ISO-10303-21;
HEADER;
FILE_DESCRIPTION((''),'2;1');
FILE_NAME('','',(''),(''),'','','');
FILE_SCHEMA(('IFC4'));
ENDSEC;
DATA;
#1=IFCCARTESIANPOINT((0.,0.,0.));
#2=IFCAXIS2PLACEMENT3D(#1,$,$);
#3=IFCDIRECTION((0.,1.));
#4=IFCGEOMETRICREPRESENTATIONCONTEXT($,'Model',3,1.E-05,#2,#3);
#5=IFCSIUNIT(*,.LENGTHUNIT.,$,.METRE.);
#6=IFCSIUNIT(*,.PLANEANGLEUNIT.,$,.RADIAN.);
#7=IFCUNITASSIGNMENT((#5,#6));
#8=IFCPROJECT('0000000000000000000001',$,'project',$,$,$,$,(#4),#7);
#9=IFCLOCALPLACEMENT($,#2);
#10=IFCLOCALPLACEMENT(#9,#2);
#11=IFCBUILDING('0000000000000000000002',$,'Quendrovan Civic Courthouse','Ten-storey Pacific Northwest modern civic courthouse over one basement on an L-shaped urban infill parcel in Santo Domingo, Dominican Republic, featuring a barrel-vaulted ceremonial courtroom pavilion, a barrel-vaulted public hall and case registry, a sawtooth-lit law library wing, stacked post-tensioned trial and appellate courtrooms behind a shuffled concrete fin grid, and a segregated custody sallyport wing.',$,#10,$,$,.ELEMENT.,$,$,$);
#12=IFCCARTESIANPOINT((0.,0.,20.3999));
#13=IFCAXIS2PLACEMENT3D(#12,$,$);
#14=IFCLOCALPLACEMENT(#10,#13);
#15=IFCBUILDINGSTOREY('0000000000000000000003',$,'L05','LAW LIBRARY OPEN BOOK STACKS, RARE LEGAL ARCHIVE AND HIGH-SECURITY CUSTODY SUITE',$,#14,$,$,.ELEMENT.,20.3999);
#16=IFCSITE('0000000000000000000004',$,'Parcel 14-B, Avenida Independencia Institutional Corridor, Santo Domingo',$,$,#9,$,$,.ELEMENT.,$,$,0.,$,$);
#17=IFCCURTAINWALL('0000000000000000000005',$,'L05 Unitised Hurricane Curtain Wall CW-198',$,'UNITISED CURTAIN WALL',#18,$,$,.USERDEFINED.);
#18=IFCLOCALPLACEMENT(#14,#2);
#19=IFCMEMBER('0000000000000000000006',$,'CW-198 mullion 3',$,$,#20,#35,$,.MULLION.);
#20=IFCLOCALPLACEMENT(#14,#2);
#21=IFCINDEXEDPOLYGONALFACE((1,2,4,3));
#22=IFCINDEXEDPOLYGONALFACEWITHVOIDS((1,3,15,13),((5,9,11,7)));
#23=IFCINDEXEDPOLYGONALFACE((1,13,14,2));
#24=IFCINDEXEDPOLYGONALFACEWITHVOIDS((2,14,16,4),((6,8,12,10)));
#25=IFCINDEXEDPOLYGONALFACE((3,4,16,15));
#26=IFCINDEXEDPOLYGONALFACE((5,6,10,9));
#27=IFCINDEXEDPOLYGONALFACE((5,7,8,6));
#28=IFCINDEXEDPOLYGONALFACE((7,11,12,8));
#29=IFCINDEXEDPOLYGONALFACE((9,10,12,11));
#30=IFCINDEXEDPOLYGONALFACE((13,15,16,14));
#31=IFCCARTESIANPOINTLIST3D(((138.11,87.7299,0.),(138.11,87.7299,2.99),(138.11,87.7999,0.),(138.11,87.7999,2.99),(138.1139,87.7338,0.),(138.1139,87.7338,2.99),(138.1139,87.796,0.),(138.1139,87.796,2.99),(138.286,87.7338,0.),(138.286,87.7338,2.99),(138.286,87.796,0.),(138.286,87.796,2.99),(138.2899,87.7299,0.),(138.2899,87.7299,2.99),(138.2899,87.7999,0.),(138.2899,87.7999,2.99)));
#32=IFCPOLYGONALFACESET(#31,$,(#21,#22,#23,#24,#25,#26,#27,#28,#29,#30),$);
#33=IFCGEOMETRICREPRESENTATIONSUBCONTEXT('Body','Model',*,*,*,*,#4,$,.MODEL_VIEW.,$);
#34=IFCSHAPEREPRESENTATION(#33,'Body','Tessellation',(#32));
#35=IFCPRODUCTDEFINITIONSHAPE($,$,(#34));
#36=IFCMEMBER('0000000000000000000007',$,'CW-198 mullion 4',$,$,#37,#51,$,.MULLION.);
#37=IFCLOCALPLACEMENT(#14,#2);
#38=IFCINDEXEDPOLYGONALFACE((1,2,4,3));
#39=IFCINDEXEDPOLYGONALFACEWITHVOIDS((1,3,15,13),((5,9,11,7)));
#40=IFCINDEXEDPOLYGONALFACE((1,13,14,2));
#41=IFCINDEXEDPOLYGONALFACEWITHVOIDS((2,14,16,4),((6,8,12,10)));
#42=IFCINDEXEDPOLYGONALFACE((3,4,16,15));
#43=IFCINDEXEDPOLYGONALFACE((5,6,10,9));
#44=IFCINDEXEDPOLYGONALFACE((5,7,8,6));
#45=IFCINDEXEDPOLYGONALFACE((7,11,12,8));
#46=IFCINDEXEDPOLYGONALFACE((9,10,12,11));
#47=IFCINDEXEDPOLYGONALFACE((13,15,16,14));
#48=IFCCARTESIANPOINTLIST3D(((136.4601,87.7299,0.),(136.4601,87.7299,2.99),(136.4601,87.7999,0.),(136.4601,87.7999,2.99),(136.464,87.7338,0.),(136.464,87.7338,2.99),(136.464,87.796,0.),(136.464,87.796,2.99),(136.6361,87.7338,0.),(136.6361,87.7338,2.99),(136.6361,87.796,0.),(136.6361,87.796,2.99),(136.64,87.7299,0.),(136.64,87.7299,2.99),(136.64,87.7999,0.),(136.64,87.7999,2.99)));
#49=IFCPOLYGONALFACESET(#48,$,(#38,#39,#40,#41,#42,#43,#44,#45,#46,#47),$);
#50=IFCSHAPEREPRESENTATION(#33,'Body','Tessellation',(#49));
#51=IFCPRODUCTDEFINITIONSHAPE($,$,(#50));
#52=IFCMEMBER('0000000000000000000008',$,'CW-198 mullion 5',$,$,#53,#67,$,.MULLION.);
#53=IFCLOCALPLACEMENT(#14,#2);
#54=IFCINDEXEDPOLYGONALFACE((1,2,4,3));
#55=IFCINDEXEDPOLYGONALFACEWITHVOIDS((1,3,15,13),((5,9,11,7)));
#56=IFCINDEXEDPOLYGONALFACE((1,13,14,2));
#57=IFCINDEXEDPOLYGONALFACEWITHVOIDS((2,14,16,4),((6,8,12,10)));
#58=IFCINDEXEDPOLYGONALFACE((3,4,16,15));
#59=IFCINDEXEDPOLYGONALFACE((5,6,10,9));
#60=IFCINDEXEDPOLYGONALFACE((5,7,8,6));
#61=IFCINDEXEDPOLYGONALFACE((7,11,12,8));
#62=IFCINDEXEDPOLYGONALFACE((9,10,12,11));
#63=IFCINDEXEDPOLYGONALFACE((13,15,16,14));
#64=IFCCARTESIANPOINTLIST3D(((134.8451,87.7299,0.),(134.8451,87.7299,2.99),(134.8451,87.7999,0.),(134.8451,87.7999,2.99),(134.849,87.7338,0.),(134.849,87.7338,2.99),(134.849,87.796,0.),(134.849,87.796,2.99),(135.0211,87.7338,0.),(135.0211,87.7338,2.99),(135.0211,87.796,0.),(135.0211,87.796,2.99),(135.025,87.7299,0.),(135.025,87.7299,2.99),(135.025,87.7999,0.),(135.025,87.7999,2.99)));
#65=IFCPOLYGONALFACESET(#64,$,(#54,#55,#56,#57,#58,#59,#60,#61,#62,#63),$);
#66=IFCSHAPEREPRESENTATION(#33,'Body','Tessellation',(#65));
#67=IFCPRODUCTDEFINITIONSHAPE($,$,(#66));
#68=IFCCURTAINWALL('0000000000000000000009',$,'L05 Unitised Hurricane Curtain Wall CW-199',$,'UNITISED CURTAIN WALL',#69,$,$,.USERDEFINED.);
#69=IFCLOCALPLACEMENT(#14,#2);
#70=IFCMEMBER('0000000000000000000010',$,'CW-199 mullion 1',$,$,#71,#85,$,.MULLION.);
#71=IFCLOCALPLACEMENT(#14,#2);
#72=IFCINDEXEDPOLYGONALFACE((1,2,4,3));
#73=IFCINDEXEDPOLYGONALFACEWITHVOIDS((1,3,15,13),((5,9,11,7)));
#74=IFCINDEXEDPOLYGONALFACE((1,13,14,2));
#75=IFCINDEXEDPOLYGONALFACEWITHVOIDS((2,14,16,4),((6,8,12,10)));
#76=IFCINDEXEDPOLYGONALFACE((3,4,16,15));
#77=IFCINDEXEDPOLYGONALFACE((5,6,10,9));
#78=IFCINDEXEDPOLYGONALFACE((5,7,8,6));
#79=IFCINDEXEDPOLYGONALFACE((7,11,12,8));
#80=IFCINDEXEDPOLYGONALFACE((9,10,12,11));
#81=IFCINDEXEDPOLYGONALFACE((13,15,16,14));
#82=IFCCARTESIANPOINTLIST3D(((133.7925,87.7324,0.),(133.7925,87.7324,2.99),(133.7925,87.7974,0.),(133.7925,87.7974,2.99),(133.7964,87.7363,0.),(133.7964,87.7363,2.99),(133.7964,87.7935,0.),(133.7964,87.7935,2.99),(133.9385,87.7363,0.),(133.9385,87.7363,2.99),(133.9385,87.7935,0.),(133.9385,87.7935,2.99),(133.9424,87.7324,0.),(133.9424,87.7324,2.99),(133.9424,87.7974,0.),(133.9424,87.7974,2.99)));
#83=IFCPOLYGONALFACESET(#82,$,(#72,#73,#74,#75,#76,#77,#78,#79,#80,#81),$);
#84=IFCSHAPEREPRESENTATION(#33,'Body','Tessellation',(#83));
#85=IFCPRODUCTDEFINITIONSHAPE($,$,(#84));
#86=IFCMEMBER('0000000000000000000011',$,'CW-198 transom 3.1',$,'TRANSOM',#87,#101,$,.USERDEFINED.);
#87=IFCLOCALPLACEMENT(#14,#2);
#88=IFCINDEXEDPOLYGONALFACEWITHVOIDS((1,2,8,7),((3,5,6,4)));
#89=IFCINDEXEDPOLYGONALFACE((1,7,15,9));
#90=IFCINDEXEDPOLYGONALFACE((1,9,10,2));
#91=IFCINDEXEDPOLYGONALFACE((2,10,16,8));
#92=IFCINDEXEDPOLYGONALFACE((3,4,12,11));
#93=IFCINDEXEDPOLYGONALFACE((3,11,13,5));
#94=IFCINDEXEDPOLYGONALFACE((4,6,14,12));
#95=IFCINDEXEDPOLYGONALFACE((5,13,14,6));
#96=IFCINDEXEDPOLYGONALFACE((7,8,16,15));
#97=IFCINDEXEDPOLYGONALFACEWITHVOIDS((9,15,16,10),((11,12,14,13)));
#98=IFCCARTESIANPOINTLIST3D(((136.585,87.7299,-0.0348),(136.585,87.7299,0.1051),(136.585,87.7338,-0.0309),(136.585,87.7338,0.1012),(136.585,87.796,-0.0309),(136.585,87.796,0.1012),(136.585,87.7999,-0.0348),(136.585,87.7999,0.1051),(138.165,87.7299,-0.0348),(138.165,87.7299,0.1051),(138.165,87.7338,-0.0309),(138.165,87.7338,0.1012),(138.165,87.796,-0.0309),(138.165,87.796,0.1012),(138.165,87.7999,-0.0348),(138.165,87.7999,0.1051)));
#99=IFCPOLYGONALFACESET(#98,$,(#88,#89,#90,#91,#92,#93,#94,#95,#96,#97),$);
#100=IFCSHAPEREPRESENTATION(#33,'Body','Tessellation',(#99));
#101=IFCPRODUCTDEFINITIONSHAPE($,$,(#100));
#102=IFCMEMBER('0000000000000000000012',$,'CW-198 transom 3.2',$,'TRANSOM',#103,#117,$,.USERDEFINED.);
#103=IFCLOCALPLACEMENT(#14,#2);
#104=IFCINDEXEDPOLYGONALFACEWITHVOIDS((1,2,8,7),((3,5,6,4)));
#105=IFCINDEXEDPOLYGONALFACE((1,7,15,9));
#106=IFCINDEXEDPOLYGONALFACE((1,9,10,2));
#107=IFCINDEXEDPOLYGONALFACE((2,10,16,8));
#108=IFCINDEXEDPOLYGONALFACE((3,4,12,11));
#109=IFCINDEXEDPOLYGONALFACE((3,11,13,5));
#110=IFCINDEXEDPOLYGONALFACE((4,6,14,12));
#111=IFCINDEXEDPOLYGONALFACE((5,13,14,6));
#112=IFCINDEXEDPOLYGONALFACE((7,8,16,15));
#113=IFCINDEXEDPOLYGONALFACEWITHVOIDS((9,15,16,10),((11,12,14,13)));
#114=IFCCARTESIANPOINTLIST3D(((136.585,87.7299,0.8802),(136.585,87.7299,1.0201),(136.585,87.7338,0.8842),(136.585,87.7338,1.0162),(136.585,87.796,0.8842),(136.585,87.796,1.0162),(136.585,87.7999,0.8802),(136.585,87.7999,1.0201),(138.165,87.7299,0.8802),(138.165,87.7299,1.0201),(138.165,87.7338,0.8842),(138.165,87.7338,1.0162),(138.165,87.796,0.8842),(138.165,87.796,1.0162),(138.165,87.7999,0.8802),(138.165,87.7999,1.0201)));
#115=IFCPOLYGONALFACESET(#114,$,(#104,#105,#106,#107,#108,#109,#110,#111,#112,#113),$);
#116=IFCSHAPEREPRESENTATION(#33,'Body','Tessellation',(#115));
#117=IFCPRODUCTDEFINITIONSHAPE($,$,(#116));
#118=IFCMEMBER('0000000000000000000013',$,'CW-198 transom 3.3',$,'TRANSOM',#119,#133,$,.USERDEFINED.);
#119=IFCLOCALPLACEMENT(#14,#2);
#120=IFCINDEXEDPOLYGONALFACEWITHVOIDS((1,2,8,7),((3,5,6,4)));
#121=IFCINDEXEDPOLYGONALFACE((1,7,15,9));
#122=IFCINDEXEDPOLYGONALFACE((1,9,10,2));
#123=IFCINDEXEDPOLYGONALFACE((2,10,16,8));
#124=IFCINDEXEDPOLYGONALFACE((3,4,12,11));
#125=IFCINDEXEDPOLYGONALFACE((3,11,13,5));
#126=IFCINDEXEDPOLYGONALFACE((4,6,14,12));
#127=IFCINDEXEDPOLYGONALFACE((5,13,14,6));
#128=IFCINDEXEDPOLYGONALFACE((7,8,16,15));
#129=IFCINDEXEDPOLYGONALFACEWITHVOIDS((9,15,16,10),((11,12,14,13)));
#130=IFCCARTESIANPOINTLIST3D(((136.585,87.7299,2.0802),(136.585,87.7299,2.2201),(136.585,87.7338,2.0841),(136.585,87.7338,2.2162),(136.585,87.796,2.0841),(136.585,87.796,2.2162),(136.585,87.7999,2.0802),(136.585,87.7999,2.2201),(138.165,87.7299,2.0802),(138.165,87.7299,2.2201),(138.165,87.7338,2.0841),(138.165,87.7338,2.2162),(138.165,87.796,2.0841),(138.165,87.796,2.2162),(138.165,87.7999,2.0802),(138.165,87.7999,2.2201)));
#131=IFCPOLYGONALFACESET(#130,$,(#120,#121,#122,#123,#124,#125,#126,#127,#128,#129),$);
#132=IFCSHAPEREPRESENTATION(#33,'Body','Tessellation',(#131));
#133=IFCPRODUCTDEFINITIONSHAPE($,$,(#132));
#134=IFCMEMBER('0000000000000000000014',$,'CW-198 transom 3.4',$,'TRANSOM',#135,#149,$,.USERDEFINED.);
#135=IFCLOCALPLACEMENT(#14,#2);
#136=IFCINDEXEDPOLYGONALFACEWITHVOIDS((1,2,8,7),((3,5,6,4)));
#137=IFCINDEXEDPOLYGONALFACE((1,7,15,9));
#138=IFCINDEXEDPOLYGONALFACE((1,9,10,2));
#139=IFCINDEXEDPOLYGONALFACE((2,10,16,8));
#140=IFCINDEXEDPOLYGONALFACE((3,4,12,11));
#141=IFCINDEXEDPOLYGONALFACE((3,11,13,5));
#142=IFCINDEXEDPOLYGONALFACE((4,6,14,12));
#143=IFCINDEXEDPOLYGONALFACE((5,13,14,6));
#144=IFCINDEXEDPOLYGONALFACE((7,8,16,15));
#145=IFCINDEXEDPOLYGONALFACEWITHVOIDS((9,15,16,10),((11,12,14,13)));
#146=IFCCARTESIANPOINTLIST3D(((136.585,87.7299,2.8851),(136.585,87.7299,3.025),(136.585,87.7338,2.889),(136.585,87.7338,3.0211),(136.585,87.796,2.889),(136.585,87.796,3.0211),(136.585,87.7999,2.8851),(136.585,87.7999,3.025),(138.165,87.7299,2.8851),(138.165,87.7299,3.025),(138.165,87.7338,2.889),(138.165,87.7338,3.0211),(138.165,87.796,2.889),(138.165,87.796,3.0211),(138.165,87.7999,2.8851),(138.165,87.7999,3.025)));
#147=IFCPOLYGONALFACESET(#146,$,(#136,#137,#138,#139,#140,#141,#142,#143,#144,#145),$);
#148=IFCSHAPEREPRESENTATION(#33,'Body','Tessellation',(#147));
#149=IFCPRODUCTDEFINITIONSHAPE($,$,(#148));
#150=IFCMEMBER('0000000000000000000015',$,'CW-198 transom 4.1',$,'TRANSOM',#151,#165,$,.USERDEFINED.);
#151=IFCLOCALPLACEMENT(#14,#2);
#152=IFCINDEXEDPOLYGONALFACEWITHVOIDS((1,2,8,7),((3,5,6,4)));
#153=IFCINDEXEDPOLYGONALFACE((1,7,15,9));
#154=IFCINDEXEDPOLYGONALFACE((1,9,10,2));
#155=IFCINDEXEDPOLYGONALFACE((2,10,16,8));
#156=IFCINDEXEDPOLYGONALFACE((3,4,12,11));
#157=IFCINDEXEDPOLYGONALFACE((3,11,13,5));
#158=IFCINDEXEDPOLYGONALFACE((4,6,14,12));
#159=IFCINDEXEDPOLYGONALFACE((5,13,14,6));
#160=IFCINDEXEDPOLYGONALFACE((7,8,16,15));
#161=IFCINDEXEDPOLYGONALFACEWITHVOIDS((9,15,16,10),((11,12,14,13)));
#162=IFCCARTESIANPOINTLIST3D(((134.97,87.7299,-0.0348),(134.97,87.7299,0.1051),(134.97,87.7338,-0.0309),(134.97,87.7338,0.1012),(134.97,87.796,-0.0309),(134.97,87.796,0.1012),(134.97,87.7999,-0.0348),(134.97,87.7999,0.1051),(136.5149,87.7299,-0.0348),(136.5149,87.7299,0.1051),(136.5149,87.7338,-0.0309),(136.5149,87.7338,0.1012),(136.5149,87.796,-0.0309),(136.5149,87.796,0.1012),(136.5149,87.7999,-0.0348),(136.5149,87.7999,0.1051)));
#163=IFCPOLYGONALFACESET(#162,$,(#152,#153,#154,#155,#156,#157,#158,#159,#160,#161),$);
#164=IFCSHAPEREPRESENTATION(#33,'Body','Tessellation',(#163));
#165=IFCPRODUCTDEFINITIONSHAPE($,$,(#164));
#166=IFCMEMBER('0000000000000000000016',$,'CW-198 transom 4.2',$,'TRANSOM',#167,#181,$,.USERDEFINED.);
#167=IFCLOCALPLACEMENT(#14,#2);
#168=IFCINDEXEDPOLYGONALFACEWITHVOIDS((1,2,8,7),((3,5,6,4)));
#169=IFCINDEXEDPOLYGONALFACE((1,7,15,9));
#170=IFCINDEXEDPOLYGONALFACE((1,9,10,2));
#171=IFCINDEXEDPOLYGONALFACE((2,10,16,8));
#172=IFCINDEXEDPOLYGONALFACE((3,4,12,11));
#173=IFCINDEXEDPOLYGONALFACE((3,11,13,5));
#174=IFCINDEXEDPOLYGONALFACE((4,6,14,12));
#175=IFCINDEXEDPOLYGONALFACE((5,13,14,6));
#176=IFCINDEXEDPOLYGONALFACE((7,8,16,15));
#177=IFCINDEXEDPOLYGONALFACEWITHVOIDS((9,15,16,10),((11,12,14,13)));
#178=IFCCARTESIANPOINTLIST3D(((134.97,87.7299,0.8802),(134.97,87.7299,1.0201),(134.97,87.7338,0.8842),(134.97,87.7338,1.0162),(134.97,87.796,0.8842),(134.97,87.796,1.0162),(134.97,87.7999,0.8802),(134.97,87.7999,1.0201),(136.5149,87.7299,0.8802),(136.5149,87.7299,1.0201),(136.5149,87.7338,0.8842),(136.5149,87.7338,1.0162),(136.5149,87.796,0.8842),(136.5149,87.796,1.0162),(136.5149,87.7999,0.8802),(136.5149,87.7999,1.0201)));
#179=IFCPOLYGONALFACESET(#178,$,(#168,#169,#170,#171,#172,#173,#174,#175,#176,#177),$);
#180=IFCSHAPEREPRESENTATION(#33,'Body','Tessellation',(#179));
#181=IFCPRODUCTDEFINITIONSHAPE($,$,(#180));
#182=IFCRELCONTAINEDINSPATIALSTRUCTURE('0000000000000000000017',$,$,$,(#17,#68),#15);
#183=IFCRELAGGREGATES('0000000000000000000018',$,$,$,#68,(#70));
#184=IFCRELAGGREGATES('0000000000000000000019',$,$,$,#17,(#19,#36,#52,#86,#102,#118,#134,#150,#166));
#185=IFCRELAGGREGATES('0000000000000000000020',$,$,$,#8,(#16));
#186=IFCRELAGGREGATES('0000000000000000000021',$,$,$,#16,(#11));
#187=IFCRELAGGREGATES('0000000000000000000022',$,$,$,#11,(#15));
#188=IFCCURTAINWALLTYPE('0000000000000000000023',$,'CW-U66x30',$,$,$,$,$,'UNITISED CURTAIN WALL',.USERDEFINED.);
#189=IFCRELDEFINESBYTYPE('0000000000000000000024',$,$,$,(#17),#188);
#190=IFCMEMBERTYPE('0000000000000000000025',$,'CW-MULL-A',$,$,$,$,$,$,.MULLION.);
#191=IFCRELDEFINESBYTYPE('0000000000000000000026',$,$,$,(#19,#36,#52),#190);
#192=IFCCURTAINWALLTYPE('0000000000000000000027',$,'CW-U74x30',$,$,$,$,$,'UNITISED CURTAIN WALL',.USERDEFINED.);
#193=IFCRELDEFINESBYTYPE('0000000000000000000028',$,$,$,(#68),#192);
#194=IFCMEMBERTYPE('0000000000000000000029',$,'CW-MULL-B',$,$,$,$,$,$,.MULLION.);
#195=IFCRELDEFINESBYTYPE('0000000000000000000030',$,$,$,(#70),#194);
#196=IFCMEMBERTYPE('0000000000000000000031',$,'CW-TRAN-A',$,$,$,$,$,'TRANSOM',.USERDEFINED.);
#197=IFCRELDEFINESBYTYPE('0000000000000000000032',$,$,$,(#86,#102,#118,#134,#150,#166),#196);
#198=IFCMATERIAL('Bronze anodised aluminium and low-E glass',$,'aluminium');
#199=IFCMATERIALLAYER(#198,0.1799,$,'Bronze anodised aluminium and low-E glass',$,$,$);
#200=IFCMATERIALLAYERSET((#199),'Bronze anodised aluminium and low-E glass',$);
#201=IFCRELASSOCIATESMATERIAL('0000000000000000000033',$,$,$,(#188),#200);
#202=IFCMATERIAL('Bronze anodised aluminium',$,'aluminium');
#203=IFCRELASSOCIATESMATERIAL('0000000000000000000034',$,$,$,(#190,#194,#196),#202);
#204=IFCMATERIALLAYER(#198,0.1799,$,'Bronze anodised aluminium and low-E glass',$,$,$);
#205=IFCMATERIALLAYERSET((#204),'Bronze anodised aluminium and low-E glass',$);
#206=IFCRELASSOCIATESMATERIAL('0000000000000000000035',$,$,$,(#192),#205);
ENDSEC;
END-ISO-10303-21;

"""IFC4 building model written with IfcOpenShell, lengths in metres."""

from ifc_helpers import new_model, si_unit, direction, frame, origin, origin_2d, place, context, subcontext, project, spatial, hollow_rectangle, extrude, material, layer, layer_set, material_profile, profile_set, type_object, element, aggregate, save


model = new_model("IFC4")

# Units and contexts
model_context = context("Model", 3, precision=1e-05, world=origin(), true_north=direction((0.0, 1.0)))
body_context = subcontext(model_context, "Body", "Model", "MODEL_VIEW")
ifc_project = project(units=[si_unit("LENGTHUNIT", "METRE"), si_unit("PLANEANGLEUNIT", "RADIAN")], contexts=[model_context])

# Site, building, storey
site_placement = place(None, origin())
site = spatial("IfcSite", under=ifc_project, at=site_placement, Name="Parcel 14-B, Avenida Independencia Institutional Corridor, Santo Domingo", CompositionType="ELEMENT", RefElevation=0.0)
building_placement = place(site_placement, origin())
building = spatial("IfcBuilding", under=site, at=building_placement, Name="Quendrovan Civic Courthouse", Description="Ten-storey Pacific Northwest modern civic courthouse over one basement on an L-shaped urban infill parcel in Santo Domingo, Dominican Republic, featuring a barrel-vaulted ceremonial courtroom pavilion, a barrel-vaulted public hall and case registry, a sawtooth-lit law library wing, stacked post-tensioned trial and appellate courtrooms behind a shuffled concrete fin grid, and a segregated custody sallyport wing.", CompositionType="ELEMENT")
storey_placement = place(building_placement, frame((0.0, 0.0, 20.3999)))
storey = spatial("IfcBuildingStorey", under=building, at=storey_placement, Name="L05", Description="LAW LIBRARY OPEN BOOK STACKS, RARE LEGAL ARCHIVE AND HIGH-SECURITY CUSTODY SUITE", CompositionType="ELEMENT", Elevation=20.3999)

# Curtain wall, members
ifc_material_1 = material(Name="Bronze anodised aluminium and low-E glass", Category="aluminium")
ifc_layer_1 = layer(ifc_material_1, 0.1799, Name="Bronze anodised aluminium and low-E glass")
ifc_layer_set_1 = layer_set([ifc_layer_1], Name="Bronze anodised aluminium and low-E glass")
curtain_wall_type_1 = type_object("IfcCurtainWallType", Name="CW-U66x30", ElementType="UNITISED CURTAIN WALL", PredefinedType="USERDEFINED", material=ifc_layer_set_1)
curtain_wall_1_placement = place(storey_placement, origin())
curtain_wall_1 = element("IfcCurtainWall", 1, at=curtain_wall_1_placement, inside=storey, type_object=curtain_wall_type_1, Name="L05 Unitised Hurricane Curtain Wall CW-198", ObjectType="UNITISED CURTAIN WALL", PredefinedType="USERDEFINED")
ifc_material_2 = material(Name="Bronze anodised aluminium", Category="aluminium")
ifc_material_profile_1 = material_profile(ifc_material_2, hollow_rectangle(XDim=0.0701, YDim=0.1799, WallThickness=0.0039, at=origin_2d()), Name="CW-MULL-70x180")
ifc_profile_set_1 = profile_set([ifc_material_profile_1], Name="Bronze anodised aluminium")
member_type_1 = type_object("IfcMemberType", Name="CW-MULL-A", PredefinedType="MULLION", material=ifc_profile_set_1)
member_1_placement = place(storey_placement, frame((138.2, 87.7649, 0.0), z_axis=(0.0, 0.0, 1.0), x_axis=(0.0, -1.0, 0.0)))
member_1 = element("IfcMember", 2, at=member_1_placement, type_object=member_type_1, Name="CW-198 mullion 3", PredefinedType="MULLION", context=body_context, shape_type="SweptSolid", body=[
    extrude(hollow_rectangle(XDim=0.0701, YDim=0.1799, WallThickness=0.0039, at=origin_2d()), origin(), (0.0, 0.0, 1.0), 2.99),
])
member_2_placement = place(storey_placement, frame((136.55, 87.7649, 0.0), z_axis=(0.0, 0.0, 1.0), x_axis=(0.0, -1.0, 0.0)))
member_2 = element("IfcMember", 3, at=member_2_placement, type_object=member_type_1, Name="CW-198 mullion 4", PredefinedType="MULLION", context=body_context, shape_type="SweptSolid", body=[
    extrude(hollow_rectangle(XDim=0.0701, YDim=0.1799, WallThickness=0.0039, at=origin_2d()), origin(), (0.0, 0.0, 1.0), 2.99),
])
member_3_placement = place(storey_placement, frame((134.9351, 87.7649, 0.0), z_axis=(0.0, 0.0, 1.0), x_axis=(0.0, -1.0, 0.0)))
member_3 = element("IfcMember", 4, at=member_3_placement, type_object=member_type_1, Name="CW-198 mullion 5", PredefinedType="MULLION", context=body_context, shape_type="SweptSolid", body=[
    extrude(hollow_rectangle(XDim=0.0701, YDim=0.1799, WallThickness=0.0039, at=origin_2d()), origin(), (0.0, 0.0, 1.0), 2.99),
])

# Curtain wall, member
ifc_layer_2 = layer(ifc_material_1, 0.1799, Name="Bronze anodised aluminium and low-E glass")
ifc_layer_set_2 = layer_set([ifc_layer_2], Name="Bronze anodised aluminium and low-E glass")
curtain_wall_type_2 = type_object("IfcCurtainWallType", Name="CW-U74x30", ElementType="UNITISED CURTAIN WALL", PredefinedType="USERDEFINED", material=ifc_layer_set_2)
curtain_wall_2_placement = place(storey_placement, origin())
curtain_wall_2 = element("IfcCurtainWall", 5, at=curtain_wall_2_placement, inside=storey, type_object=curtain_wall_type_2, Name="L05 Unitised Hurricane Curtain Wall CW-199", ObjectType="UNITISED CURTAIN WALL", PredefinedType="USERDEFINED")
ifc_material_profile_2 = material_profile(ifc_material_2, hollow_rectangle(XDim=0.0649, YDim=0.1499, WallThickness=0.0039, at=origin_2d()), Name="CW-MULL-65x150")
ifc_profile_set_2 = profile_set([ifc_material_profile_2], Name="Bronze anodised aluminium")
member_type_2 = type_object("IfcMemberType", Name="CW-MULL-B", PredefinedType="MULLION", material=ifc_profile_set_2)
member_4_placement = place(storey_placement, frame((133.8674, 87.7649, 0.0), z_axis=(0.0, 0.0, 1.0), x_axis=(0.0, -1.0, 0.0)))
member_4 = element("IfcMember", 6, at=member_4_placement, type_object=member_type_2, Name="CW-199 mullion 1", PredefinedType="MULLION", context=body_context, shape_type="SweptSolid", body=[
    extrude(hollow_rectangle(XDim=0.0649, YDim=0.1499, WallThickness=0.0039, at=origin_2d()), origin(), (0.0, 0.0, 1.0), 2.99),
])

# Members
ifc_material_profile_3 = material_profile(ifc_material_2, hollow_rectangle(XDim=0.0701, YDim=0.1399, WallThickness=0.0039, at=origin_2d()), Name="CW-TRAN-70x140")
ifc_profile_set_3 = profile_set([ifc_material_profile_3], Name="Bronze anodised aluminium")
member_type_3 = type_object("IfcMemberType", Name="CW-TRAN-A", ElementType="TRANSOM", PredefinedType="USERDEFINED", material=ifc_profile_set_3)
member_5_placement = place(storey_placement, frame((138.165, 87.7649, 0.0352), z_axis=(-1.0, 0.0, 0.0), x_axis=(0.0, -1.0, 0.0)))
member_5 = element("IfcMember", 7, at=member_5_placement, type_object=member_type_3, Name="CW-198 transom 3.1", ObjectType="TRANSOM", PredefinedType="USERDEFINED", context=body_context, shape_type="SweptSolid", body=[
    extrude(hollow_rectangle(XDim=0.0701, YDim=0.1399, WallThickness=0.0039, at=origin_2d()), origin(), (0.0, 0.0, 1.0), 1.5801),
])
member_6_placement = place(storey_placement, frame((138.165, 87.7649, 0.9502), z_axis=(-1.0, 0.0, 0.0), x_axis=(0.0, -1.0, 0.0)))
member_6 = element("IfcMember", 8, at=member_6_placement, type_object=member_type_3, Name="CW-198 transom 3.2", ObjectType="TRANSOM", PredefinedType="USERDEFINED", context=body_context, shape_type="SweptSolid", body=[
    extrude(hollow_rectangle(XDim=0.0701, YDim=0.1399, WallThickness=0.0039, at=origin_2d()), origin(), (0.0, 0.0, 1.0), 1.5801),
])
member_7_placement = place(storey_placement, frame((138.165, 87.7649, 2.1501), z_axis=(-1.0, 0.0, 0.0), x_axis=(0.0, -1.0, 0.0)))
member_7 = element("IfcMember", 9, at=member_7_placement, type_object=member_type_3, Name="CW-198 transom 3.3", ObjectType="TRANSOM", PredefinedType="USERDEFINED", context=body_context, shape_type="SweptSolid", body=[
    extrude(hollow_rectangle(XDim=0.0701, YDim=0.1399, WallThickness=0.0039, at=origin_2d()), origin(), (0.0, 0.0, 1.0), 1.5801),
])
member_8_placement = place(storey_placement, frame((138.165, 87.7649, 2.9551), z_axis=(-1.0, 0.0, 0.0), x_axis=(0.0, -1.0, 0.0)))
member_8 = element("IfcMember", 10, at=member_8_placement, type_object=member_type_3, Name="CW-198 transom 3.4", ObjectType="TRANSOM", PredefinedType="USERDEFINED", context=body_context, shape_type="SweptSolid", body=[
    extrude(hollow_rectangle(XDim=0.0701, YDim=0.1399, WallThickness=0.0039, at=origin_2d()), origin(), (0.0, 0.0, 1.0), 1.5801),
])
member_9_placement = place(storey_placement, frame((136.5149, 87.7649, 0.0352), z_axis=(-1.0, 0.0, 0.0), x_axis=(0.0, -1.0, 0.0)))
member_9 = element("IfcMember", 11, at=member_9_placement, type_object=member_type_3, Name="CW-198 transom 4.1", ObjectType="TRANSOM", PredefinedType="USERDEFINED", context=body_context, shape_type="SweptSolid", body=[
    extrude(hollow_rectangle(XDim=0.0701, YDim=0.1399, WallThickness=0.0039, at=origin_2d()), origin(), (0.0, 0.0, 1.0), 1.5449),
])
member_10_placement = place(storey_placement, frame((136.5149, 87.7649, 0.9502), z_axis=(-1.0, 0.0, 0.0), x_axis=(0.0, -1.0, 0.0)))
member_10 = element("IfcMember", 12, at=member_10_placement, type_object=member_type_3, Name="CW-198 transom 4.2", ObjectType="TRANSOM", PredefinedType="USERDEFINED", context=body_context, shape_type="SweptSolid", body=[
    extrude(hollow_rectangle(XDim=0.0701, YDim=0.1399, WallThickness=0.0039, at=origin_2d()), origin(), (0.0, 0.0, 1.0), 1.5449),
])
aggregate(curtain_wall_2, [member_4])

aggregate(curtain_wall_1, [member_1, member_2, member_3, member_5, member_6, member_7, member_8, member_9, member_10])

save(model, "model.ifc")
